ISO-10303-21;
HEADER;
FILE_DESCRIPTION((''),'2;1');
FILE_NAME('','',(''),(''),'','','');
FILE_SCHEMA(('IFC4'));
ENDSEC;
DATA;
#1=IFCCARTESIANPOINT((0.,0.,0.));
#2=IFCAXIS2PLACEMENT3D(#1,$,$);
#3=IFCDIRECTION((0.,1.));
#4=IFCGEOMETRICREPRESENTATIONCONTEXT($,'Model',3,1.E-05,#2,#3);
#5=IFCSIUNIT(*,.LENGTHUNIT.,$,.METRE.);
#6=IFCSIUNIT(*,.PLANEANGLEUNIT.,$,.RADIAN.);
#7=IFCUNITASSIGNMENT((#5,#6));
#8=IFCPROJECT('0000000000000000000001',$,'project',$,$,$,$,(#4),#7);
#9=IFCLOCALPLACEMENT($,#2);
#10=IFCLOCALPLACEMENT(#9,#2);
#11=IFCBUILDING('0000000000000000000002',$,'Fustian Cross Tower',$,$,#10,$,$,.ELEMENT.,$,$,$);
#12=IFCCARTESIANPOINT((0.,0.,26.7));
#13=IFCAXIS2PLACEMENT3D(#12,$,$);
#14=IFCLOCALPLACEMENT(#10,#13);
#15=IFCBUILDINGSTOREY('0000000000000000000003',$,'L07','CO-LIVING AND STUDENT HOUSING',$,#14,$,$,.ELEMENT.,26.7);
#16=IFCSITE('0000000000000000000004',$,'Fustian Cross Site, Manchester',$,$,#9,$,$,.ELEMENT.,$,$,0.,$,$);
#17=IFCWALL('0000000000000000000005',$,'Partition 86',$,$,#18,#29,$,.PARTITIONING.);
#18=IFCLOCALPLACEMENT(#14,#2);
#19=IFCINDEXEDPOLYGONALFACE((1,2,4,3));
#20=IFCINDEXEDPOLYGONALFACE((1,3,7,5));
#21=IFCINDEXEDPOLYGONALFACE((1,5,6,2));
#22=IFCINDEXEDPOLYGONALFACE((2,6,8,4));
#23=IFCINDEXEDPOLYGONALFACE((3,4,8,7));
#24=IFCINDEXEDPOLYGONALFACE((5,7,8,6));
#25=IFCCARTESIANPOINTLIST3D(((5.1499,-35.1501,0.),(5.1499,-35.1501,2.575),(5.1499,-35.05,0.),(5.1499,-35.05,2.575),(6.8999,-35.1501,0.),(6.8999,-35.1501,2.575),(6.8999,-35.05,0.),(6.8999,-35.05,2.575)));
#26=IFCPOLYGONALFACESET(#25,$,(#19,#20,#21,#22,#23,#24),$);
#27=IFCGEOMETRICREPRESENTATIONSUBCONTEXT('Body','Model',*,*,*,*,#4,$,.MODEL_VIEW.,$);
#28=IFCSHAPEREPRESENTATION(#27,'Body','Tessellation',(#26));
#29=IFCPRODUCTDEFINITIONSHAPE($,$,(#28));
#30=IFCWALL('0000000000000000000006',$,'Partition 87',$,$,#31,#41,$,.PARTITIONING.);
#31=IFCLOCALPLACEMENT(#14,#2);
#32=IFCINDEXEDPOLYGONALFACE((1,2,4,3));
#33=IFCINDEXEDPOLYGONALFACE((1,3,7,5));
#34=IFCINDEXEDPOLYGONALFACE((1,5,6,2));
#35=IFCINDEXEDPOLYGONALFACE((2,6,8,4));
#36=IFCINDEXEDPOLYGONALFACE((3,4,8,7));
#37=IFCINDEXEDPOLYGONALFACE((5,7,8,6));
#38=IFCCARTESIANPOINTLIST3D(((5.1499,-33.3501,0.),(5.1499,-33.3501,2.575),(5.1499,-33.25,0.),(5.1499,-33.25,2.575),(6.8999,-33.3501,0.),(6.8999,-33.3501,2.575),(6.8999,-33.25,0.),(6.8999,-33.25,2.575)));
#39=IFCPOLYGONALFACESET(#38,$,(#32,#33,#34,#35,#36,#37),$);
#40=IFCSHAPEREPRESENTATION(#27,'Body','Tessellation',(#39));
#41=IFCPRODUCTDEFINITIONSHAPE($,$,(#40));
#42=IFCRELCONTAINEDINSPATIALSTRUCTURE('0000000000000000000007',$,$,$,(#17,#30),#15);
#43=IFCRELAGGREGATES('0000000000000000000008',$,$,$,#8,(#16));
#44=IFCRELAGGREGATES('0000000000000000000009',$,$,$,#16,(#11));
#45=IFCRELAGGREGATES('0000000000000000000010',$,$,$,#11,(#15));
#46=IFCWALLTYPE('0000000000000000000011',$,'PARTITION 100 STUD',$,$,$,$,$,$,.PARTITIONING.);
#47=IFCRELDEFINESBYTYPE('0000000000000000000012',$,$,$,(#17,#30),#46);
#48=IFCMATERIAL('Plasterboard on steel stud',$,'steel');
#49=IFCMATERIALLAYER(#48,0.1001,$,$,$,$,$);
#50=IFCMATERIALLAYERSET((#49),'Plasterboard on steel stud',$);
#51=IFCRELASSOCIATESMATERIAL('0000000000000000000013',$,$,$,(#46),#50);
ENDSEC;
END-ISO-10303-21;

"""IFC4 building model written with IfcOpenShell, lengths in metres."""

from ifc_helpers import new_model, si_unit, direction, frame, frame_2d, origin, place, context, subcontext, project, spatial, rectangle, extrude, material, layer, layer_set, type_object, element, save


model = new_model("IFC4")

# Units and contexts
model_context = context("Model", 3, precision=1e-05, world=origin(), true_north=direction((0.0, 1.0)))
body_context = subcontext(model_context, "Body", "Model", "MODEL_VIEW")
ifc_project = project(units=[si_unit("LENGTHUNIT", "METRE"), si_unit("PLANEANGLEUNIT", "RADIAN")], contexts=[model_context])

# Site, building, storey
site_placement = place(None, origin())
site = spatial("IfcSite", under=ifc_project, at=site_placement, Name="Fustian Cross Site, Manchester", CompositionType="ELEMENT", RefElevation=0.0)
building_placement = place(site_placement, origin())
building = spatial("IfcBuilding", under=site, at=building_placement, Name="Fustian Cross Tower", CompositionType="ELEMENT")
storey_placement = place(building_placement, frame((0.0, 0.0, 26.7)))
storey = spatial("IfcBuildingStorey", under=building, at=storey_placement, Name="L07", Description="CO-LIVING AND STUDENT HOUSING", CompositionType="ELEMENT", Elevation=26.7)

# Shared definitions
ifc_material_1 = material(Name="Plasterboard on steel stud", Category="steel")
ifc_layer = layer(ifc_material_1, 0.1001)
ifc_layer_set = layer_set([ifc_layer], Name="Plasterboard on steel stud")
wall_type = type_object("IfcWallType", Name="PARTITION 100 STUD", PredefinedType="PARTITIONING", material=ifc_layer_set)

# Walls
for number, where, z_axis, x_axis, name in (
    (1, (5.1499, -35.1001, 0.0), (0.0, 0.0, 1.0), (1.0, 0.0, 0.0), "Partition 86"),
    (2, (5.1499, -33.3, 0.0), (0.0, 0.0, 1.0), (1.0, 0.0, 0.0), "Partition 87"),
):
    element("IfcWall", number, at=place(storey_placement, frame(where, z_axis=z_axis, x_axis=x_axis)), inside=storey, type_object=wall_type, Name=name, PredefinedType="PARTITIONING", context=body_context, shape_type="SweptSolid", body=[
        extrude(rectangle(XDim=1.75, YDim=0.1001, at=frame_2d((0.875, 0.0))), origin(), (0.0, 0.0, 1.0), 2.575),
    ])

save(model, "model.ifc")
